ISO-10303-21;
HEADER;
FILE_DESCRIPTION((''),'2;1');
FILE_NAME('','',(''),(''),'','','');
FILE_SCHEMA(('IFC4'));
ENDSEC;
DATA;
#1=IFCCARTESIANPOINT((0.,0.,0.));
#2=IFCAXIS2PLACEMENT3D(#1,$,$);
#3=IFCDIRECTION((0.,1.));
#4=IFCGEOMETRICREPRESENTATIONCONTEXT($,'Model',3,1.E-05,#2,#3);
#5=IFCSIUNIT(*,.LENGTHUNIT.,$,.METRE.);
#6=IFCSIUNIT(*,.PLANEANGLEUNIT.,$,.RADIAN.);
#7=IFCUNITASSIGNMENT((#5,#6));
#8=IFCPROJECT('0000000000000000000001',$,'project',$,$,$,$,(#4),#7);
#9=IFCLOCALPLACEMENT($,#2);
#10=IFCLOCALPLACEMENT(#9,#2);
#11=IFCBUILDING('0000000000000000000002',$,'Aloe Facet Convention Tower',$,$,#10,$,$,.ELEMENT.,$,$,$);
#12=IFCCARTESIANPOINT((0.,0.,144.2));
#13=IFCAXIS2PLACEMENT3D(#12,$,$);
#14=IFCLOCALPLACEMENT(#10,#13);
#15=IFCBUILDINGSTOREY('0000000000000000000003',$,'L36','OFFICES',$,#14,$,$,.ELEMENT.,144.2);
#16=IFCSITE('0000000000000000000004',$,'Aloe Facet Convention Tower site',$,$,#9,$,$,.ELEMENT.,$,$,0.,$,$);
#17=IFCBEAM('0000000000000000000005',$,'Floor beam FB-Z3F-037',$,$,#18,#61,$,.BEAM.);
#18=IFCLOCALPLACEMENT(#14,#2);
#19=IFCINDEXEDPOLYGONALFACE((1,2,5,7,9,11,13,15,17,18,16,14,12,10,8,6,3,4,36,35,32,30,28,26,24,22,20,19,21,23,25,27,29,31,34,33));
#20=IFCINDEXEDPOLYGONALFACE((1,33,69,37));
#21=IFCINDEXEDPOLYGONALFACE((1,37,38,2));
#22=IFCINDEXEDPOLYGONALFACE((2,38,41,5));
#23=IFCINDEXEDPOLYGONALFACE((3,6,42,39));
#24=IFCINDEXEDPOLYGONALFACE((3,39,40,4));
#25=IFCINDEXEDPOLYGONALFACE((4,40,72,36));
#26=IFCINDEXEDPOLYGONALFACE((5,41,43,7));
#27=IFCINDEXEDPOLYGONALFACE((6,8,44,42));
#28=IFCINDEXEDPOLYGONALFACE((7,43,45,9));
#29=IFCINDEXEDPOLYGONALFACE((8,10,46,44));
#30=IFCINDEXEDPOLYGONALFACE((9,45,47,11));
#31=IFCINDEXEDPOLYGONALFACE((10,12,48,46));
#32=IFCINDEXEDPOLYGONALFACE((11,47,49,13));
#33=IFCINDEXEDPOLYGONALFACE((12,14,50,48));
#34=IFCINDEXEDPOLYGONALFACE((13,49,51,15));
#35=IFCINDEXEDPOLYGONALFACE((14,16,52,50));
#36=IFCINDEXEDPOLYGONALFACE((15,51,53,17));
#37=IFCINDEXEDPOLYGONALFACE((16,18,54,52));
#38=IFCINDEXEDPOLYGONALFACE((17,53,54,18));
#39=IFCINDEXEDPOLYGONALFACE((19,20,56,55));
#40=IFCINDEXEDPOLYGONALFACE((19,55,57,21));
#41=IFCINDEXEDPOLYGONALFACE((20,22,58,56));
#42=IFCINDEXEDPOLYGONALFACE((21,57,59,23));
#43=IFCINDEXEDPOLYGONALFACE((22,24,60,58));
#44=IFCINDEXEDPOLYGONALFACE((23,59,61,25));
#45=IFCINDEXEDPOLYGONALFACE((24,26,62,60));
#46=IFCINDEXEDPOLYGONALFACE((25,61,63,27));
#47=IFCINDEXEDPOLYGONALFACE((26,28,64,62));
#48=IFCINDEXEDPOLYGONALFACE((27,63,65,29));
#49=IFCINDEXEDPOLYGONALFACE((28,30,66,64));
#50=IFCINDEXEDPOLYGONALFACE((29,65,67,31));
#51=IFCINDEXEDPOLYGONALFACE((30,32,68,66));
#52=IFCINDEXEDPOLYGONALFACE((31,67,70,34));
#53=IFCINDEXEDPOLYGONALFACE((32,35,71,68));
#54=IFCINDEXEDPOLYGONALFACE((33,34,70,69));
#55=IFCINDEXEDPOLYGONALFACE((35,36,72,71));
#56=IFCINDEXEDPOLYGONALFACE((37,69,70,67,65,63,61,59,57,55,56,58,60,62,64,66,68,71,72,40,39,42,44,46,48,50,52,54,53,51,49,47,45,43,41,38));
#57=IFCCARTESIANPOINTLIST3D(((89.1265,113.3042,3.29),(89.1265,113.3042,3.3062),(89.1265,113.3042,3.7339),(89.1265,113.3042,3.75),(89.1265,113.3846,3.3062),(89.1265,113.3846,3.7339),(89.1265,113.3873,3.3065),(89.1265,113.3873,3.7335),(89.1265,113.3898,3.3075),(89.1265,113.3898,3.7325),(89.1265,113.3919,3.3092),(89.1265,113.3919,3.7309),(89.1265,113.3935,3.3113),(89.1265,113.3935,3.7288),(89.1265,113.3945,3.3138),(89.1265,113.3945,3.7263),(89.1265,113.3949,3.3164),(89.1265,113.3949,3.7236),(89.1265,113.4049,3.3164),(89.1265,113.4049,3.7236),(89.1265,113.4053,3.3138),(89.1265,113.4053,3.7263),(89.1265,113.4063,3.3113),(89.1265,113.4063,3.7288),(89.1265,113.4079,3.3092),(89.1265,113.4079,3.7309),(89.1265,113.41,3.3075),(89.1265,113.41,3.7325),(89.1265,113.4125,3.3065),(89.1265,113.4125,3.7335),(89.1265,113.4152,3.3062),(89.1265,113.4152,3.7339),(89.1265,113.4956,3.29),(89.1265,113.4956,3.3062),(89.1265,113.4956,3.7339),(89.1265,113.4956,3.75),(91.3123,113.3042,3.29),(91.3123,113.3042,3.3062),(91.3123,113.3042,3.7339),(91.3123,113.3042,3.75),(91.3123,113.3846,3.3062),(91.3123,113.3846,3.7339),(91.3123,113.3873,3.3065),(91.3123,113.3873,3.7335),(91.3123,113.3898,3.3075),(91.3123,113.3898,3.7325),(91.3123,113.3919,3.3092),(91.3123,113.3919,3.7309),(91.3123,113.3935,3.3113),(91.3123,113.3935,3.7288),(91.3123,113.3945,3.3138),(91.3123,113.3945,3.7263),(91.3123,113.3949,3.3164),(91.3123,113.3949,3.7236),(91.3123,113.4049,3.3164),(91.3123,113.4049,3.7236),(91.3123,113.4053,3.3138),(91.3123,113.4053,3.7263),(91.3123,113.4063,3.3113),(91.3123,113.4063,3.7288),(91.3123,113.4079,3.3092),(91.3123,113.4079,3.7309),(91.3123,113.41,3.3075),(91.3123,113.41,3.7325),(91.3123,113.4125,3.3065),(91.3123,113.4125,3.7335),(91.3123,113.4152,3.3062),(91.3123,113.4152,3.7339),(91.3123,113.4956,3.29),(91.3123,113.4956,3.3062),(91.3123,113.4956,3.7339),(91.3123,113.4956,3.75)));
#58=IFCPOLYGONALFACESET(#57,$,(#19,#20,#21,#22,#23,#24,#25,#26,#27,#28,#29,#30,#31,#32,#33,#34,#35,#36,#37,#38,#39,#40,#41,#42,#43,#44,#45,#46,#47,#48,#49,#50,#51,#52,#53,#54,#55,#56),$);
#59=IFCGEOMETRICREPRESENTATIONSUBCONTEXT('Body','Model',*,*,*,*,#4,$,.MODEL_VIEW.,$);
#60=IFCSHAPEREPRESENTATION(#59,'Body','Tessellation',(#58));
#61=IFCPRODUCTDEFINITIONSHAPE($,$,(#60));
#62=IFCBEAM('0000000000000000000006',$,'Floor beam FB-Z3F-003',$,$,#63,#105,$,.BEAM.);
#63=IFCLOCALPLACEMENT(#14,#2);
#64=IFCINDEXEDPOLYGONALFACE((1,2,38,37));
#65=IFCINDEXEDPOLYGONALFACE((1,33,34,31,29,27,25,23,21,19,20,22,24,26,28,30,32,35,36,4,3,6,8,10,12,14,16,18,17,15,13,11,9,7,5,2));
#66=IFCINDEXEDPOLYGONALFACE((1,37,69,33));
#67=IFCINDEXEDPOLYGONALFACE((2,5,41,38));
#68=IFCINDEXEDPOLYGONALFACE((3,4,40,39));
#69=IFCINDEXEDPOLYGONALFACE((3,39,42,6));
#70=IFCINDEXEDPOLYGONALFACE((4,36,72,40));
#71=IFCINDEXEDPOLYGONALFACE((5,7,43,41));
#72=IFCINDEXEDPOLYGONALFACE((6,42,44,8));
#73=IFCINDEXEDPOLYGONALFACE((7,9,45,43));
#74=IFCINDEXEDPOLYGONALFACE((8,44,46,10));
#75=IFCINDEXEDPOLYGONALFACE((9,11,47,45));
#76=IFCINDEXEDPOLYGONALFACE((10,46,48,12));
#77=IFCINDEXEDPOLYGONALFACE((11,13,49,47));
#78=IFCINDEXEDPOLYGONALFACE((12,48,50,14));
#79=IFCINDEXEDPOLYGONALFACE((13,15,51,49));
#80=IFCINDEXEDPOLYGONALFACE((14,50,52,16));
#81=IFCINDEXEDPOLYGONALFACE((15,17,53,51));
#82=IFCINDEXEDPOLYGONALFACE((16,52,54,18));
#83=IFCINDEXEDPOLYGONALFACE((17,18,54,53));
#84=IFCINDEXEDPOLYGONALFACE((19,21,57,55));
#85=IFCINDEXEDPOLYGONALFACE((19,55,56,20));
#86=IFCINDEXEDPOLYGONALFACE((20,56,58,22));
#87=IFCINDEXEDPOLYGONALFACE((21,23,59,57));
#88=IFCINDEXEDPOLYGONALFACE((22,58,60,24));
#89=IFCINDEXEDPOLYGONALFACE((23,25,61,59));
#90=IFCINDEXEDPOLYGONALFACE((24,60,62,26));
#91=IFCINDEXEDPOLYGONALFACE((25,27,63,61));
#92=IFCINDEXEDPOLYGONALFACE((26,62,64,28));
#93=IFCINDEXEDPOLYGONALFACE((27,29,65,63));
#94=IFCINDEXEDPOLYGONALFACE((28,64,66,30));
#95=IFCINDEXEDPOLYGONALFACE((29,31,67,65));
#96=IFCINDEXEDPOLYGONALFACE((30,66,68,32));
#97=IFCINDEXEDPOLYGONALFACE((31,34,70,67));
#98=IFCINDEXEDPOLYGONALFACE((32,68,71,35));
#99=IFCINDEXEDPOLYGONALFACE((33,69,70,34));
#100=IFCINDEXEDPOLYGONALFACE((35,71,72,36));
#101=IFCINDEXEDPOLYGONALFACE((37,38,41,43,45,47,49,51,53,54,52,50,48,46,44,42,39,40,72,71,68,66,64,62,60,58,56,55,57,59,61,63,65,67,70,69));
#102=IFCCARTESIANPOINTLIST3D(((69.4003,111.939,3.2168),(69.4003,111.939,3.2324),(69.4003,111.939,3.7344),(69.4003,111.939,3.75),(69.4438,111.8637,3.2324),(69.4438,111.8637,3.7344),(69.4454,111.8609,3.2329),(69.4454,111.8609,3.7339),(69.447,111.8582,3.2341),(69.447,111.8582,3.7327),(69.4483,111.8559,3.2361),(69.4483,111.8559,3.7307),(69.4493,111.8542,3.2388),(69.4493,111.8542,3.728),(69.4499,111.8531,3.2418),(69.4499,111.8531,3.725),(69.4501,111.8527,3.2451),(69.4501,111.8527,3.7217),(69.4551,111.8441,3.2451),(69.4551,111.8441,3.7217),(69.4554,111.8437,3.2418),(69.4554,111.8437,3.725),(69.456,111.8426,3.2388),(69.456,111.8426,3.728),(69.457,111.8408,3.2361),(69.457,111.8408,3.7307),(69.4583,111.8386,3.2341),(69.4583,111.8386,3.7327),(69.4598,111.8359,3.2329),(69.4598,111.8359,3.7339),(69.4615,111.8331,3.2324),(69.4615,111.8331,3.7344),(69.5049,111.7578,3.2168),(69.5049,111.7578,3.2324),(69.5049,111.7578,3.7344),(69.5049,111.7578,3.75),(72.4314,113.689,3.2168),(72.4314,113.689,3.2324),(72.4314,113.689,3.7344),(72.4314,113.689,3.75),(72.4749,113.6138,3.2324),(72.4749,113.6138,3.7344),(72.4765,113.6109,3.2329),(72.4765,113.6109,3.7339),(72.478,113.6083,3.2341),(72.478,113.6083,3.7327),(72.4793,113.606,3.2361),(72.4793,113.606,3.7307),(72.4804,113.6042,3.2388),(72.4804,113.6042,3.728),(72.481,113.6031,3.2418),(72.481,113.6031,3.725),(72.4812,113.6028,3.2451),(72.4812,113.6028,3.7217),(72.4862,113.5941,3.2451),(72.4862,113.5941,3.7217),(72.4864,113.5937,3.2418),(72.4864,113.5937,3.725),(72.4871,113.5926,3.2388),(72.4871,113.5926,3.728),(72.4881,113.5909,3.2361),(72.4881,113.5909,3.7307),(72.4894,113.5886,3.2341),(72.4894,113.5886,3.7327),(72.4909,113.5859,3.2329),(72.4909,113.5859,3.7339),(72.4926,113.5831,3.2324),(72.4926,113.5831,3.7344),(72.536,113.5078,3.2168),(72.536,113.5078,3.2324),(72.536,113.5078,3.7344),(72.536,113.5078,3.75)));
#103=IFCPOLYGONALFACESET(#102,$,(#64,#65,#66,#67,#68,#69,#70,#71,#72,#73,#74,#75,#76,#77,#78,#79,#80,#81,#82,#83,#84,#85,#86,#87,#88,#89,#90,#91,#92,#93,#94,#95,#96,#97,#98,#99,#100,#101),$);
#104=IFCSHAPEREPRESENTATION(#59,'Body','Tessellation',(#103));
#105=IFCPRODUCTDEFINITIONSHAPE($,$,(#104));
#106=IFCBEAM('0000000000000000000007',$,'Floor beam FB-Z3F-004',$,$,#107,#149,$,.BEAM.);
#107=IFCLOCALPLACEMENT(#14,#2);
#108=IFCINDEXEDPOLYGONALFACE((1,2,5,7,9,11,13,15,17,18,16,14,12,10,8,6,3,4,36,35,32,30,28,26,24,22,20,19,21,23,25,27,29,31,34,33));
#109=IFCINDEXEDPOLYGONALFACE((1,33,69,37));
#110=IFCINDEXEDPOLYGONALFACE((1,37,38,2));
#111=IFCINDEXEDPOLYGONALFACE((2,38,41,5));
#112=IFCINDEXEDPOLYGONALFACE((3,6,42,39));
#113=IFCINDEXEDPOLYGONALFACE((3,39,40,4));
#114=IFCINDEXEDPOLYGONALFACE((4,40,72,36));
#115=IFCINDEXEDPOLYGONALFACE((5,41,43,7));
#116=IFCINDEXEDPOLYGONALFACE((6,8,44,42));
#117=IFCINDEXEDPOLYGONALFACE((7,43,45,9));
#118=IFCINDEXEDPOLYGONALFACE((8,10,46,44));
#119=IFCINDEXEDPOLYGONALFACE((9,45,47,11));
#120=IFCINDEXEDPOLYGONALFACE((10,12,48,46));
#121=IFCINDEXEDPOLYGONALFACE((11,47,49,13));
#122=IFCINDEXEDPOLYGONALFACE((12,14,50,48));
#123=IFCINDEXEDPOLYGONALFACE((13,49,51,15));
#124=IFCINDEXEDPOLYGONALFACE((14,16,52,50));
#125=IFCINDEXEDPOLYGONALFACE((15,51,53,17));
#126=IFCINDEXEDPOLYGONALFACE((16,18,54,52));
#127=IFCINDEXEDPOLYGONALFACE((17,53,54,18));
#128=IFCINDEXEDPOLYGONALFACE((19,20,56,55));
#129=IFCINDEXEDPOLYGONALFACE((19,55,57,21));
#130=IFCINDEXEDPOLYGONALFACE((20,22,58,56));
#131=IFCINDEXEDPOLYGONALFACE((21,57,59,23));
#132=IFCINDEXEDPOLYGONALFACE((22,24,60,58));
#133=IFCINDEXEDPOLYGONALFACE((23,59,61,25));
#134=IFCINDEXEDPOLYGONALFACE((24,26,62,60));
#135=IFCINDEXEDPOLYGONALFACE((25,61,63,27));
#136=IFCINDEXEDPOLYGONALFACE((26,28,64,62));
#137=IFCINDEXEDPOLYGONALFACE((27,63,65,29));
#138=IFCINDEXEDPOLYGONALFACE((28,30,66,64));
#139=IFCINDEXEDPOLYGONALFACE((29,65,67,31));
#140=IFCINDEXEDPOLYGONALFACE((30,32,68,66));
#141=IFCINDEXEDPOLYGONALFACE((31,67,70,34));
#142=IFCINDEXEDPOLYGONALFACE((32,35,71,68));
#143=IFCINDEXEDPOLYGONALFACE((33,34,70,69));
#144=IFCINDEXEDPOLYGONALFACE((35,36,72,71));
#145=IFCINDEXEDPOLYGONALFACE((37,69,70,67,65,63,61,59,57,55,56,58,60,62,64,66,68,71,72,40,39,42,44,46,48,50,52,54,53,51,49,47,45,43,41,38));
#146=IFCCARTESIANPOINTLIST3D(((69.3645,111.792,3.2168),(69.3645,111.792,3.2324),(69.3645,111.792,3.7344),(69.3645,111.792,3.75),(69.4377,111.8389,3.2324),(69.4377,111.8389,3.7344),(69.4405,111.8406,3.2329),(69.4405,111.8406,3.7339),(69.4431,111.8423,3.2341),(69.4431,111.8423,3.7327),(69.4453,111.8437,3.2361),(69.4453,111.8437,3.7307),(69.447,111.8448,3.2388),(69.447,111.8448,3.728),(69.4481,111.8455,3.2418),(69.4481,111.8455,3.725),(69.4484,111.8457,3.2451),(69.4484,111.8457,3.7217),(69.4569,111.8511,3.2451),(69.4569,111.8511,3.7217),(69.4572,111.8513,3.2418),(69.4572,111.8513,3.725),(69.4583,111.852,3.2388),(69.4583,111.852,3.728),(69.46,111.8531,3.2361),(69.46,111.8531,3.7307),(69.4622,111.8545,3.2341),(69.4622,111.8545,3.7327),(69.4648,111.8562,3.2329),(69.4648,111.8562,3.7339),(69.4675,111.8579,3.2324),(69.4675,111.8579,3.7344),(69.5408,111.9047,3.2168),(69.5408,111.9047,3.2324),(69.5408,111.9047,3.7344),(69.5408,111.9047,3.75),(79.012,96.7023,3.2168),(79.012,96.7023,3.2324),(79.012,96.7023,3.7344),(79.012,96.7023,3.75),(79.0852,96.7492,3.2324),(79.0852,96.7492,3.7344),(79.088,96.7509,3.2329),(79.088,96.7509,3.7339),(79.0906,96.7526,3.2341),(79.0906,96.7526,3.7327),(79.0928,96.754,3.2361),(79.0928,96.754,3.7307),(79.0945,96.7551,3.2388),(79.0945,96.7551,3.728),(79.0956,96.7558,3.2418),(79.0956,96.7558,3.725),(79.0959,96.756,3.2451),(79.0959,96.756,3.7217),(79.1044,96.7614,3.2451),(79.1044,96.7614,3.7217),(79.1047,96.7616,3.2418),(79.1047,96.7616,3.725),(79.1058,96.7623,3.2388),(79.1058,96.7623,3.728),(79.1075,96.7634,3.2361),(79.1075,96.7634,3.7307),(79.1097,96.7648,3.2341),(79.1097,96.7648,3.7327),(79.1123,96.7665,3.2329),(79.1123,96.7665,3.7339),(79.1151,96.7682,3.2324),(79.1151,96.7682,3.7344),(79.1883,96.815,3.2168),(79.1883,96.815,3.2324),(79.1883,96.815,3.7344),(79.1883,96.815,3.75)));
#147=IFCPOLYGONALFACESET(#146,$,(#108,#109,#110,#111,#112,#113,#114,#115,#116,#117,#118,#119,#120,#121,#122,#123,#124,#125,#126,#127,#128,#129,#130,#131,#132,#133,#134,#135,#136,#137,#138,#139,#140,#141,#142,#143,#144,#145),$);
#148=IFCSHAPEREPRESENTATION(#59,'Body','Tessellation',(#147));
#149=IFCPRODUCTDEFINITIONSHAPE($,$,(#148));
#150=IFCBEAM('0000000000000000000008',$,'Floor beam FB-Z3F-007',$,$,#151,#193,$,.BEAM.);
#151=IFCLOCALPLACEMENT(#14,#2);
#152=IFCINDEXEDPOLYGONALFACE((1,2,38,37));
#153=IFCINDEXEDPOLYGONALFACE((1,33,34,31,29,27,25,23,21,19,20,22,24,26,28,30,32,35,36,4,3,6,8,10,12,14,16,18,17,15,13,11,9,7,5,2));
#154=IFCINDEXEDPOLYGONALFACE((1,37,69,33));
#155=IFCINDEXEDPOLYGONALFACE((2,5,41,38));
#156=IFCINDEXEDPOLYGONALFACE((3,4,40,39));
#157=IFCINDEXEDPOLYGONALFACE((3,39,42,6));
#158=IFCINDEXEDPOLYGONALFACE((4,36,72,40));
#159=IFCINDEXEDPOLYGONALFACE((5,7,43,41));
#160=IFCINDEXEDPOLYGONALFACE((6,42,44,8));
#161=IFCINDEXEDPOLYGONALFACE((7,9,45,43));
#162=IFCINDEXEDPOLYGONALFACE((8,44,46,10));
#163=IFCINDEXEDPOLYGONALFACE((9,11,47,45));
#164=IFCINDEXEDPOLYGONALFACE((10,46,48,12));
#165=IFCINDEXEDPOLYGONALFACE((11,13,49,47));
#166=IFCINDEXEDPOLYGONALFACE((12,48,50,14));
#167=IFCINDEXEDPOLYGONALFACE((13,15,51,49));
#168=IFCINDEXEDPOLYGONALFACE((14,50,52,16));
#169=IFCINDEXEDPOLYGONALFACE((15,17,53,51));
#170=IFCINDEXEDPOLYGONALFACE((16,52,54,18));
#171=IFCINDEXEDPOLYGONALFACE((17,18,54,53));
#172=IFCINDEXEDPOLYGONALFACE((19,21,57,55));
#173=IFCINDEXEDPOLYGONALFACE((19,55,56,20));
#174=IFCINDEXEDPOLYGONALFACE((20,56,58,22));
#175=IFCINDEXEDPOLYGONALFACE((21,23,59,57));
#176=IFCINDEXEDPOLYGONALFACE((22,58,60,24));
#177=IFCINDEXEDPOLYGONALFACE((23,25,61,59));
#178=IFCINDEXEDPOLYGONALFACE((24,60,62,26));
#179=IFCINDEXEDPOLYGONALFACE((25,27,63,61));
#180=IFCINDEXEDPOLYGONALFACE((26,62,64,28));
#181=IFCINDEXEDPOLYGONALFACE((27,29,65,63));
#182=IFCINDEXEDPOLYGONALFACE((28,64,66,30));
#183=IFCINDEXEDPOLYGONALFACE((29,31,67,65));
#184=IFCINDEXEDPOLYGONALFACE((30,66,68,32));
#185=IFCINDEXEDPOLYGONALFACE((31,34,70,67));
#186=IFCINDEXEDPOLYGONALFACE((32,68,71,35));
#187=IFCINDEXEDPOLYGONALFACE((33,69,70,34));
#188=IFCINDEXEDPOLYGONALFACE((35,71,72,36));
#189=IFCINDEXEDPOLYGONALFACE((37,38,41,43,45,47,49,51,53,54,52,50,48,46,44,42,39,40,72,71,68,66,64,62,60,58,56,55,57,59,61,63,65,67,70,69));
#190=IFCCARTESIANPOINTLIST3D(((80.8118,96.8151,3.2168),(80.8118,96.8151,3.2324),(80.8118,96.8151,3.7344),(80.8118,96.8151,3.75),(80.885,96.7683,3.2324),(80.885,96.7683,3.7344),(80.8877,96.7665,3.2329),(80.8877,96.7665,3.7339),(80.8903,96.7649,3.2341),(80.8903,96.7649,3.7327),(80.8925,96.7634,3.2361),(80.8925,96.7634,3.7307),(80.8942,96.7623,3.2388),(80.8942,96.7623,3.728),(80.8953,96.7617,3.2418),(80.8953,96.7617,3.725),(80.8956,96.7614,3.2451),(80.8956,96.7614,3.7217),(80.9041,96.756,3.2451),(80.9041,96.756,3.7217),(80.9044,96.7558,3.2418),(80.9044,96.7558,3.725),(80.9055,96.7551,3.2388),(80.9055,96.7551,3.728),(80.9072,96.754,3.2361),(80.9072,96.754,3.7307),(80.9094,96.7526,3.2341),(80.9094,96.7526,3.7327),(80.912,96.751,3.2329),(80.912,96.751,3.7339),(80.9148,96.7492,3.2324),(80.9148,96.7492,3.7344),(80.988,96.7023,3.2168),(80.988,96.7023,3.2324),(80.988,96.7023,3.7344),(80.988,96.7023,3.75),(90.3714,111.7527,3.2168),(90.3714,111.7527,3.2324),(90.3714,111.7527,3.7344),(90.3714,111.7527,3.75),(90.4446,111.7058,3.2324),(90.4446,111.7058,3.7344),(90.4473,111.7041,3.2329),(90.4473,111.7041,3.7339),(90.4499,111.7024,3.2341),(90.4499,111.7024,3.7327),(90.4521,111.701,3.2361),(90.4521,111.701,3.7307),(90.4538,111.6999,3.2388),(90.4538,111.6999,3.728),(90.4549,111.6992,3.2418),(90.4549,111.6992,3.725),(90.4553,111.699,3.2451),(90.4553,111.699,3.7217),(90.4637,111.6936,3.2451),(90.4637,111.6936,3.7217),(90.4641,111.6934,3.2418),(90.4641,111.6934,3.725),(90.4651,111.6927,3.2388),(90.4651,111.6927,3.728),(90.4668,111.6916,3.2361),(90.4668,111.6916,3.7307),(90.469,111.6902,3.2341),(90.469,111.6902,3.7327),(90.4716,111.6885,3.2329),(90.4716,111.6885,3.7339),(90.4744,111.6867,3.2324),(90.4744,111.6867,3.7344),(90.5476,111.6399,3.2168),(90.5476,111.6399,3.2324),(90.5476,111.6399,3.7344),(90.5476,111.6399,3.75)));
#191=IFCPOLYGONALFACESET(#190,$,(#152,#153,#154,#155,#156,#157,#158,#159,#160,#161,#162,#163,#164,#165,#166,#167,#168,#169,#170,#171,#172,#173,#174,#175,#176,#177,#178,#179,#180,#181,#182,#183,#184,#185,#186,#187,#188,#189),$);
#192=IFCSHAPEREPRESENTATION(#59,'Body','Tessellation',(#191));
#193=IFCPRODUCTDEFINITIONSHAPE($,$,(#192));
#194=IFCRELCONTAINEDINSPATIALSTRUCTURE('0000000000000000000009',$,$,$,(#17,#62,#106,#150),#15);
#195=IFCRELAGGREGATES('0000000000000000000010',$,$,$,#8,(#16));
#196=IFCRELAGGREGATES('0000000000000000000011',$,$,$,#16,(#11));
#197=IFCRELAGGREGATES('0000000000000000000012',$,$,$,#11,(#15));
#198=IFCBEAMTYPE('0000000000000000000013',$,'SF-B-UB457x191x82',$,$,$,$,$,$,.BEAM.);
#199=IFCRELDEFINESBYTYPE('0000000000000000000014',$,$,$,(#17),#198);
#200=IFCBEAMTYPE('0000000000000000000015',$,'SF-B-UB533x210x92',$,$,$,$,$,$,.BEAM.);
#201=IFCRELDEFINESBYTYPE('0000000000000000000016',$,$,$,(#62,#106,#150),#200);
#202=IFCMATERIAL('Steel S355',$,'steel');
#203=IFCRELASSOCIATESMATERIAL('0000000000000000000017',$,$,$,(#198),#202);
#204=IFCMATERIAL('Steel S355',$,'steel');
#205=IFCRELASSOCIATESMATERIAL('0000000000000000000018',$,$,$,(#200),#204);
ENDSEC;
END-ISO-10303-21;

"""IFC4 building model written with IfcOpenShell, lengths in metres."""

from ifc_helpers import new_model, si_unit, direction, frame, origin, origin_2d, place, context, subcontext, project, spatial, i_section, extrude, material, material_profile, profile_set, type_object, element, save


model = new_model("IFC4")

# Units and contexts
model_context = context("Model", 3, precision=1e-05, world=origin(), true_north=direction((0.0, 1.0)))
body_context = subcontext(model_context, "Body", "Model", "MODEL_VIEW")
ifc_project = project(units=[si_unit("LENGTHUNIT", "METRE"), si_unit("PLANEANGLEUNIT", "RADIAN")], contexts=[model_context])

# Site, building, storey
site_placement = place(None, origin())
site = spatial("IfcSite", under=ifc_project, at=site_placement, Name="Aloe Facet Convention Tower site", CompositionType="ELEMENT", RefElevation=0.0)
building_placement = place(site_placement, origin())
building = spatial("IfcBuilding", under=site, at=building_placement, Name="Aloe Facet Convention Tower", CompositionType="ELEMENT")
storey_placement = place(building_placement, frame((0.0, 0.0, 144.2)))
storey = spatial("IfcBuildingStorey", under=building, at=storey_placement, Name="L36", Description="OFFICES", CompositionType="ELEMENT", Elevation=144.2)

# Beams
ifc_material_1 = material(Name="Steel S355", Category="steel")
ifc_material_profile_1 = material_profile(ifc_material_1, i_section(OverallWidth=0.1914, OverallDepth=0.46, WebThickness=0.01, FlangeThickness=0.0161, FilletRadius=0.0103, at=origin_2d()), Name="UB 457x191x82")
ifc_profile_set_1 = profile_set([ifc_material_profile_1], Name="Steel S355")
beam_type_1 = type_object("IfcBeamType", Name="SF-B-UB457x191x82", PredefinedType="BEAM", material=ifc_profile_set_1)
beam_1_placement = place(storey_placement, frame((89.1265, 113.3999, 3.52), z_axis=(1.0, 0.0, 0.0), x_axis=(0.0, 1.0, 0.0)))
element("IfcBeam", 1, at=beam_1_placement, inside=storey, type_object=beam_type_1, Name="Floor beam FB-Z3F-037", PredefinedType="BEAM", context=body_context, shape_type="SweptSolid", body=[
    extrude(i_section(OverallWidth=0.1914, OverallDepth=0.46, WebThickness=0.01, FlangeThickness=0.0161, FilletRadius=0.0103, at=origin_2d()), origin(), (0.0, 0.0, 1.0), 2.1858),
])
ifc_material_2 = material(Name="Steel S355", Category="steel")
ifc_material_profile_2 = material_profile(ifc_material_2, i_section(OverallWidth=0.2092, OverallDepth=0.5332, WebThickness=0.01, FlangeThickness=0.0156, FilletRadius=0.0127, at=origin_2d()), Name="UB 533x210x92")
ifc_profile_set_2 = profile_set([ifc_material_profile_2], Name="Steel S355")
beam_type_2 = type_object("IfcBeamType", Name="SF-B-UB533x210x92", PredefinedType="BEAM", material=ifc_profile_set_2)
beam_2_placement = place(storey_placement, frame((69.4526, 111.8484, 3.4834), z_axis=(0.866019, 0.50001, 0.0), x_axis=(-0.50001, 0.866019, 0.0)))
element("IfcBeam", 2, at=beam_2_placement, inside=storey, type_object=beam_type_2, Name="Floor beam FB-Z3F-003", PredefinedType="BEAM", context=body_context, shape_type="SweptSolid", body=[
    extrude(i_section(OverallWidth=0.2092, OverallDepth=0.5332, WebThickness=0.01, FlangeThickness=0.0156, FilletRadius=0.0127, at=origin_2d()), origin(), (0.0, 0.0, 1.0), 3.5),
])
beam_3_placement = place(storey_placement, frame((69.4526, 111.8484, 3.4834), z_axis=(0.538662, -0.842522, 0.0), x_axis=(0.842522, 0.538662, 0.0)))
element("IfcBeam", 3, at=beam_3_placement, inside=storey, type_object=beam_type_2, Name="Floor beam FB-Z3F-004", PredefinedType="BEAM", context=body_context, shape_type="SweptSolid", body=[
    extrude(i_section(OverallWidth=0.2092, OverallDepth=0.5332, WebThickness=0.01, FlangeThickness=0.0156, FilletRadius=0.0127, at=origin_2d()), origin(), (0.0, 0.0, 1.0), 17.9102),
])
beam_4_placement = place(storey_placement, frame((90.4595, 111.6963, 3.4834), z_axis=(-0.539037, -0.842282, 0.0), x_axis=(0.842282, -0.539037, 0.0)))
element("IfcBeam", 4, at=beam_4_placement, inside=storey, type_object=beam_type_2, Name="Floor beam FB-Z3F-007", PredefinedType="BEAM", context=body_context, shape_type="SweptSolid", body=[
    extrude(i_section(OverallWidth=0.2092, OverallDepth=0.5332, WebThickness=0.01, FlangeThickness=0.0156, FilletRadius=0.0127, at=origin_2d()), origin(), (0.0, 0.0, 1.0), 17.7346),
])

save(model, "model.ifc")
